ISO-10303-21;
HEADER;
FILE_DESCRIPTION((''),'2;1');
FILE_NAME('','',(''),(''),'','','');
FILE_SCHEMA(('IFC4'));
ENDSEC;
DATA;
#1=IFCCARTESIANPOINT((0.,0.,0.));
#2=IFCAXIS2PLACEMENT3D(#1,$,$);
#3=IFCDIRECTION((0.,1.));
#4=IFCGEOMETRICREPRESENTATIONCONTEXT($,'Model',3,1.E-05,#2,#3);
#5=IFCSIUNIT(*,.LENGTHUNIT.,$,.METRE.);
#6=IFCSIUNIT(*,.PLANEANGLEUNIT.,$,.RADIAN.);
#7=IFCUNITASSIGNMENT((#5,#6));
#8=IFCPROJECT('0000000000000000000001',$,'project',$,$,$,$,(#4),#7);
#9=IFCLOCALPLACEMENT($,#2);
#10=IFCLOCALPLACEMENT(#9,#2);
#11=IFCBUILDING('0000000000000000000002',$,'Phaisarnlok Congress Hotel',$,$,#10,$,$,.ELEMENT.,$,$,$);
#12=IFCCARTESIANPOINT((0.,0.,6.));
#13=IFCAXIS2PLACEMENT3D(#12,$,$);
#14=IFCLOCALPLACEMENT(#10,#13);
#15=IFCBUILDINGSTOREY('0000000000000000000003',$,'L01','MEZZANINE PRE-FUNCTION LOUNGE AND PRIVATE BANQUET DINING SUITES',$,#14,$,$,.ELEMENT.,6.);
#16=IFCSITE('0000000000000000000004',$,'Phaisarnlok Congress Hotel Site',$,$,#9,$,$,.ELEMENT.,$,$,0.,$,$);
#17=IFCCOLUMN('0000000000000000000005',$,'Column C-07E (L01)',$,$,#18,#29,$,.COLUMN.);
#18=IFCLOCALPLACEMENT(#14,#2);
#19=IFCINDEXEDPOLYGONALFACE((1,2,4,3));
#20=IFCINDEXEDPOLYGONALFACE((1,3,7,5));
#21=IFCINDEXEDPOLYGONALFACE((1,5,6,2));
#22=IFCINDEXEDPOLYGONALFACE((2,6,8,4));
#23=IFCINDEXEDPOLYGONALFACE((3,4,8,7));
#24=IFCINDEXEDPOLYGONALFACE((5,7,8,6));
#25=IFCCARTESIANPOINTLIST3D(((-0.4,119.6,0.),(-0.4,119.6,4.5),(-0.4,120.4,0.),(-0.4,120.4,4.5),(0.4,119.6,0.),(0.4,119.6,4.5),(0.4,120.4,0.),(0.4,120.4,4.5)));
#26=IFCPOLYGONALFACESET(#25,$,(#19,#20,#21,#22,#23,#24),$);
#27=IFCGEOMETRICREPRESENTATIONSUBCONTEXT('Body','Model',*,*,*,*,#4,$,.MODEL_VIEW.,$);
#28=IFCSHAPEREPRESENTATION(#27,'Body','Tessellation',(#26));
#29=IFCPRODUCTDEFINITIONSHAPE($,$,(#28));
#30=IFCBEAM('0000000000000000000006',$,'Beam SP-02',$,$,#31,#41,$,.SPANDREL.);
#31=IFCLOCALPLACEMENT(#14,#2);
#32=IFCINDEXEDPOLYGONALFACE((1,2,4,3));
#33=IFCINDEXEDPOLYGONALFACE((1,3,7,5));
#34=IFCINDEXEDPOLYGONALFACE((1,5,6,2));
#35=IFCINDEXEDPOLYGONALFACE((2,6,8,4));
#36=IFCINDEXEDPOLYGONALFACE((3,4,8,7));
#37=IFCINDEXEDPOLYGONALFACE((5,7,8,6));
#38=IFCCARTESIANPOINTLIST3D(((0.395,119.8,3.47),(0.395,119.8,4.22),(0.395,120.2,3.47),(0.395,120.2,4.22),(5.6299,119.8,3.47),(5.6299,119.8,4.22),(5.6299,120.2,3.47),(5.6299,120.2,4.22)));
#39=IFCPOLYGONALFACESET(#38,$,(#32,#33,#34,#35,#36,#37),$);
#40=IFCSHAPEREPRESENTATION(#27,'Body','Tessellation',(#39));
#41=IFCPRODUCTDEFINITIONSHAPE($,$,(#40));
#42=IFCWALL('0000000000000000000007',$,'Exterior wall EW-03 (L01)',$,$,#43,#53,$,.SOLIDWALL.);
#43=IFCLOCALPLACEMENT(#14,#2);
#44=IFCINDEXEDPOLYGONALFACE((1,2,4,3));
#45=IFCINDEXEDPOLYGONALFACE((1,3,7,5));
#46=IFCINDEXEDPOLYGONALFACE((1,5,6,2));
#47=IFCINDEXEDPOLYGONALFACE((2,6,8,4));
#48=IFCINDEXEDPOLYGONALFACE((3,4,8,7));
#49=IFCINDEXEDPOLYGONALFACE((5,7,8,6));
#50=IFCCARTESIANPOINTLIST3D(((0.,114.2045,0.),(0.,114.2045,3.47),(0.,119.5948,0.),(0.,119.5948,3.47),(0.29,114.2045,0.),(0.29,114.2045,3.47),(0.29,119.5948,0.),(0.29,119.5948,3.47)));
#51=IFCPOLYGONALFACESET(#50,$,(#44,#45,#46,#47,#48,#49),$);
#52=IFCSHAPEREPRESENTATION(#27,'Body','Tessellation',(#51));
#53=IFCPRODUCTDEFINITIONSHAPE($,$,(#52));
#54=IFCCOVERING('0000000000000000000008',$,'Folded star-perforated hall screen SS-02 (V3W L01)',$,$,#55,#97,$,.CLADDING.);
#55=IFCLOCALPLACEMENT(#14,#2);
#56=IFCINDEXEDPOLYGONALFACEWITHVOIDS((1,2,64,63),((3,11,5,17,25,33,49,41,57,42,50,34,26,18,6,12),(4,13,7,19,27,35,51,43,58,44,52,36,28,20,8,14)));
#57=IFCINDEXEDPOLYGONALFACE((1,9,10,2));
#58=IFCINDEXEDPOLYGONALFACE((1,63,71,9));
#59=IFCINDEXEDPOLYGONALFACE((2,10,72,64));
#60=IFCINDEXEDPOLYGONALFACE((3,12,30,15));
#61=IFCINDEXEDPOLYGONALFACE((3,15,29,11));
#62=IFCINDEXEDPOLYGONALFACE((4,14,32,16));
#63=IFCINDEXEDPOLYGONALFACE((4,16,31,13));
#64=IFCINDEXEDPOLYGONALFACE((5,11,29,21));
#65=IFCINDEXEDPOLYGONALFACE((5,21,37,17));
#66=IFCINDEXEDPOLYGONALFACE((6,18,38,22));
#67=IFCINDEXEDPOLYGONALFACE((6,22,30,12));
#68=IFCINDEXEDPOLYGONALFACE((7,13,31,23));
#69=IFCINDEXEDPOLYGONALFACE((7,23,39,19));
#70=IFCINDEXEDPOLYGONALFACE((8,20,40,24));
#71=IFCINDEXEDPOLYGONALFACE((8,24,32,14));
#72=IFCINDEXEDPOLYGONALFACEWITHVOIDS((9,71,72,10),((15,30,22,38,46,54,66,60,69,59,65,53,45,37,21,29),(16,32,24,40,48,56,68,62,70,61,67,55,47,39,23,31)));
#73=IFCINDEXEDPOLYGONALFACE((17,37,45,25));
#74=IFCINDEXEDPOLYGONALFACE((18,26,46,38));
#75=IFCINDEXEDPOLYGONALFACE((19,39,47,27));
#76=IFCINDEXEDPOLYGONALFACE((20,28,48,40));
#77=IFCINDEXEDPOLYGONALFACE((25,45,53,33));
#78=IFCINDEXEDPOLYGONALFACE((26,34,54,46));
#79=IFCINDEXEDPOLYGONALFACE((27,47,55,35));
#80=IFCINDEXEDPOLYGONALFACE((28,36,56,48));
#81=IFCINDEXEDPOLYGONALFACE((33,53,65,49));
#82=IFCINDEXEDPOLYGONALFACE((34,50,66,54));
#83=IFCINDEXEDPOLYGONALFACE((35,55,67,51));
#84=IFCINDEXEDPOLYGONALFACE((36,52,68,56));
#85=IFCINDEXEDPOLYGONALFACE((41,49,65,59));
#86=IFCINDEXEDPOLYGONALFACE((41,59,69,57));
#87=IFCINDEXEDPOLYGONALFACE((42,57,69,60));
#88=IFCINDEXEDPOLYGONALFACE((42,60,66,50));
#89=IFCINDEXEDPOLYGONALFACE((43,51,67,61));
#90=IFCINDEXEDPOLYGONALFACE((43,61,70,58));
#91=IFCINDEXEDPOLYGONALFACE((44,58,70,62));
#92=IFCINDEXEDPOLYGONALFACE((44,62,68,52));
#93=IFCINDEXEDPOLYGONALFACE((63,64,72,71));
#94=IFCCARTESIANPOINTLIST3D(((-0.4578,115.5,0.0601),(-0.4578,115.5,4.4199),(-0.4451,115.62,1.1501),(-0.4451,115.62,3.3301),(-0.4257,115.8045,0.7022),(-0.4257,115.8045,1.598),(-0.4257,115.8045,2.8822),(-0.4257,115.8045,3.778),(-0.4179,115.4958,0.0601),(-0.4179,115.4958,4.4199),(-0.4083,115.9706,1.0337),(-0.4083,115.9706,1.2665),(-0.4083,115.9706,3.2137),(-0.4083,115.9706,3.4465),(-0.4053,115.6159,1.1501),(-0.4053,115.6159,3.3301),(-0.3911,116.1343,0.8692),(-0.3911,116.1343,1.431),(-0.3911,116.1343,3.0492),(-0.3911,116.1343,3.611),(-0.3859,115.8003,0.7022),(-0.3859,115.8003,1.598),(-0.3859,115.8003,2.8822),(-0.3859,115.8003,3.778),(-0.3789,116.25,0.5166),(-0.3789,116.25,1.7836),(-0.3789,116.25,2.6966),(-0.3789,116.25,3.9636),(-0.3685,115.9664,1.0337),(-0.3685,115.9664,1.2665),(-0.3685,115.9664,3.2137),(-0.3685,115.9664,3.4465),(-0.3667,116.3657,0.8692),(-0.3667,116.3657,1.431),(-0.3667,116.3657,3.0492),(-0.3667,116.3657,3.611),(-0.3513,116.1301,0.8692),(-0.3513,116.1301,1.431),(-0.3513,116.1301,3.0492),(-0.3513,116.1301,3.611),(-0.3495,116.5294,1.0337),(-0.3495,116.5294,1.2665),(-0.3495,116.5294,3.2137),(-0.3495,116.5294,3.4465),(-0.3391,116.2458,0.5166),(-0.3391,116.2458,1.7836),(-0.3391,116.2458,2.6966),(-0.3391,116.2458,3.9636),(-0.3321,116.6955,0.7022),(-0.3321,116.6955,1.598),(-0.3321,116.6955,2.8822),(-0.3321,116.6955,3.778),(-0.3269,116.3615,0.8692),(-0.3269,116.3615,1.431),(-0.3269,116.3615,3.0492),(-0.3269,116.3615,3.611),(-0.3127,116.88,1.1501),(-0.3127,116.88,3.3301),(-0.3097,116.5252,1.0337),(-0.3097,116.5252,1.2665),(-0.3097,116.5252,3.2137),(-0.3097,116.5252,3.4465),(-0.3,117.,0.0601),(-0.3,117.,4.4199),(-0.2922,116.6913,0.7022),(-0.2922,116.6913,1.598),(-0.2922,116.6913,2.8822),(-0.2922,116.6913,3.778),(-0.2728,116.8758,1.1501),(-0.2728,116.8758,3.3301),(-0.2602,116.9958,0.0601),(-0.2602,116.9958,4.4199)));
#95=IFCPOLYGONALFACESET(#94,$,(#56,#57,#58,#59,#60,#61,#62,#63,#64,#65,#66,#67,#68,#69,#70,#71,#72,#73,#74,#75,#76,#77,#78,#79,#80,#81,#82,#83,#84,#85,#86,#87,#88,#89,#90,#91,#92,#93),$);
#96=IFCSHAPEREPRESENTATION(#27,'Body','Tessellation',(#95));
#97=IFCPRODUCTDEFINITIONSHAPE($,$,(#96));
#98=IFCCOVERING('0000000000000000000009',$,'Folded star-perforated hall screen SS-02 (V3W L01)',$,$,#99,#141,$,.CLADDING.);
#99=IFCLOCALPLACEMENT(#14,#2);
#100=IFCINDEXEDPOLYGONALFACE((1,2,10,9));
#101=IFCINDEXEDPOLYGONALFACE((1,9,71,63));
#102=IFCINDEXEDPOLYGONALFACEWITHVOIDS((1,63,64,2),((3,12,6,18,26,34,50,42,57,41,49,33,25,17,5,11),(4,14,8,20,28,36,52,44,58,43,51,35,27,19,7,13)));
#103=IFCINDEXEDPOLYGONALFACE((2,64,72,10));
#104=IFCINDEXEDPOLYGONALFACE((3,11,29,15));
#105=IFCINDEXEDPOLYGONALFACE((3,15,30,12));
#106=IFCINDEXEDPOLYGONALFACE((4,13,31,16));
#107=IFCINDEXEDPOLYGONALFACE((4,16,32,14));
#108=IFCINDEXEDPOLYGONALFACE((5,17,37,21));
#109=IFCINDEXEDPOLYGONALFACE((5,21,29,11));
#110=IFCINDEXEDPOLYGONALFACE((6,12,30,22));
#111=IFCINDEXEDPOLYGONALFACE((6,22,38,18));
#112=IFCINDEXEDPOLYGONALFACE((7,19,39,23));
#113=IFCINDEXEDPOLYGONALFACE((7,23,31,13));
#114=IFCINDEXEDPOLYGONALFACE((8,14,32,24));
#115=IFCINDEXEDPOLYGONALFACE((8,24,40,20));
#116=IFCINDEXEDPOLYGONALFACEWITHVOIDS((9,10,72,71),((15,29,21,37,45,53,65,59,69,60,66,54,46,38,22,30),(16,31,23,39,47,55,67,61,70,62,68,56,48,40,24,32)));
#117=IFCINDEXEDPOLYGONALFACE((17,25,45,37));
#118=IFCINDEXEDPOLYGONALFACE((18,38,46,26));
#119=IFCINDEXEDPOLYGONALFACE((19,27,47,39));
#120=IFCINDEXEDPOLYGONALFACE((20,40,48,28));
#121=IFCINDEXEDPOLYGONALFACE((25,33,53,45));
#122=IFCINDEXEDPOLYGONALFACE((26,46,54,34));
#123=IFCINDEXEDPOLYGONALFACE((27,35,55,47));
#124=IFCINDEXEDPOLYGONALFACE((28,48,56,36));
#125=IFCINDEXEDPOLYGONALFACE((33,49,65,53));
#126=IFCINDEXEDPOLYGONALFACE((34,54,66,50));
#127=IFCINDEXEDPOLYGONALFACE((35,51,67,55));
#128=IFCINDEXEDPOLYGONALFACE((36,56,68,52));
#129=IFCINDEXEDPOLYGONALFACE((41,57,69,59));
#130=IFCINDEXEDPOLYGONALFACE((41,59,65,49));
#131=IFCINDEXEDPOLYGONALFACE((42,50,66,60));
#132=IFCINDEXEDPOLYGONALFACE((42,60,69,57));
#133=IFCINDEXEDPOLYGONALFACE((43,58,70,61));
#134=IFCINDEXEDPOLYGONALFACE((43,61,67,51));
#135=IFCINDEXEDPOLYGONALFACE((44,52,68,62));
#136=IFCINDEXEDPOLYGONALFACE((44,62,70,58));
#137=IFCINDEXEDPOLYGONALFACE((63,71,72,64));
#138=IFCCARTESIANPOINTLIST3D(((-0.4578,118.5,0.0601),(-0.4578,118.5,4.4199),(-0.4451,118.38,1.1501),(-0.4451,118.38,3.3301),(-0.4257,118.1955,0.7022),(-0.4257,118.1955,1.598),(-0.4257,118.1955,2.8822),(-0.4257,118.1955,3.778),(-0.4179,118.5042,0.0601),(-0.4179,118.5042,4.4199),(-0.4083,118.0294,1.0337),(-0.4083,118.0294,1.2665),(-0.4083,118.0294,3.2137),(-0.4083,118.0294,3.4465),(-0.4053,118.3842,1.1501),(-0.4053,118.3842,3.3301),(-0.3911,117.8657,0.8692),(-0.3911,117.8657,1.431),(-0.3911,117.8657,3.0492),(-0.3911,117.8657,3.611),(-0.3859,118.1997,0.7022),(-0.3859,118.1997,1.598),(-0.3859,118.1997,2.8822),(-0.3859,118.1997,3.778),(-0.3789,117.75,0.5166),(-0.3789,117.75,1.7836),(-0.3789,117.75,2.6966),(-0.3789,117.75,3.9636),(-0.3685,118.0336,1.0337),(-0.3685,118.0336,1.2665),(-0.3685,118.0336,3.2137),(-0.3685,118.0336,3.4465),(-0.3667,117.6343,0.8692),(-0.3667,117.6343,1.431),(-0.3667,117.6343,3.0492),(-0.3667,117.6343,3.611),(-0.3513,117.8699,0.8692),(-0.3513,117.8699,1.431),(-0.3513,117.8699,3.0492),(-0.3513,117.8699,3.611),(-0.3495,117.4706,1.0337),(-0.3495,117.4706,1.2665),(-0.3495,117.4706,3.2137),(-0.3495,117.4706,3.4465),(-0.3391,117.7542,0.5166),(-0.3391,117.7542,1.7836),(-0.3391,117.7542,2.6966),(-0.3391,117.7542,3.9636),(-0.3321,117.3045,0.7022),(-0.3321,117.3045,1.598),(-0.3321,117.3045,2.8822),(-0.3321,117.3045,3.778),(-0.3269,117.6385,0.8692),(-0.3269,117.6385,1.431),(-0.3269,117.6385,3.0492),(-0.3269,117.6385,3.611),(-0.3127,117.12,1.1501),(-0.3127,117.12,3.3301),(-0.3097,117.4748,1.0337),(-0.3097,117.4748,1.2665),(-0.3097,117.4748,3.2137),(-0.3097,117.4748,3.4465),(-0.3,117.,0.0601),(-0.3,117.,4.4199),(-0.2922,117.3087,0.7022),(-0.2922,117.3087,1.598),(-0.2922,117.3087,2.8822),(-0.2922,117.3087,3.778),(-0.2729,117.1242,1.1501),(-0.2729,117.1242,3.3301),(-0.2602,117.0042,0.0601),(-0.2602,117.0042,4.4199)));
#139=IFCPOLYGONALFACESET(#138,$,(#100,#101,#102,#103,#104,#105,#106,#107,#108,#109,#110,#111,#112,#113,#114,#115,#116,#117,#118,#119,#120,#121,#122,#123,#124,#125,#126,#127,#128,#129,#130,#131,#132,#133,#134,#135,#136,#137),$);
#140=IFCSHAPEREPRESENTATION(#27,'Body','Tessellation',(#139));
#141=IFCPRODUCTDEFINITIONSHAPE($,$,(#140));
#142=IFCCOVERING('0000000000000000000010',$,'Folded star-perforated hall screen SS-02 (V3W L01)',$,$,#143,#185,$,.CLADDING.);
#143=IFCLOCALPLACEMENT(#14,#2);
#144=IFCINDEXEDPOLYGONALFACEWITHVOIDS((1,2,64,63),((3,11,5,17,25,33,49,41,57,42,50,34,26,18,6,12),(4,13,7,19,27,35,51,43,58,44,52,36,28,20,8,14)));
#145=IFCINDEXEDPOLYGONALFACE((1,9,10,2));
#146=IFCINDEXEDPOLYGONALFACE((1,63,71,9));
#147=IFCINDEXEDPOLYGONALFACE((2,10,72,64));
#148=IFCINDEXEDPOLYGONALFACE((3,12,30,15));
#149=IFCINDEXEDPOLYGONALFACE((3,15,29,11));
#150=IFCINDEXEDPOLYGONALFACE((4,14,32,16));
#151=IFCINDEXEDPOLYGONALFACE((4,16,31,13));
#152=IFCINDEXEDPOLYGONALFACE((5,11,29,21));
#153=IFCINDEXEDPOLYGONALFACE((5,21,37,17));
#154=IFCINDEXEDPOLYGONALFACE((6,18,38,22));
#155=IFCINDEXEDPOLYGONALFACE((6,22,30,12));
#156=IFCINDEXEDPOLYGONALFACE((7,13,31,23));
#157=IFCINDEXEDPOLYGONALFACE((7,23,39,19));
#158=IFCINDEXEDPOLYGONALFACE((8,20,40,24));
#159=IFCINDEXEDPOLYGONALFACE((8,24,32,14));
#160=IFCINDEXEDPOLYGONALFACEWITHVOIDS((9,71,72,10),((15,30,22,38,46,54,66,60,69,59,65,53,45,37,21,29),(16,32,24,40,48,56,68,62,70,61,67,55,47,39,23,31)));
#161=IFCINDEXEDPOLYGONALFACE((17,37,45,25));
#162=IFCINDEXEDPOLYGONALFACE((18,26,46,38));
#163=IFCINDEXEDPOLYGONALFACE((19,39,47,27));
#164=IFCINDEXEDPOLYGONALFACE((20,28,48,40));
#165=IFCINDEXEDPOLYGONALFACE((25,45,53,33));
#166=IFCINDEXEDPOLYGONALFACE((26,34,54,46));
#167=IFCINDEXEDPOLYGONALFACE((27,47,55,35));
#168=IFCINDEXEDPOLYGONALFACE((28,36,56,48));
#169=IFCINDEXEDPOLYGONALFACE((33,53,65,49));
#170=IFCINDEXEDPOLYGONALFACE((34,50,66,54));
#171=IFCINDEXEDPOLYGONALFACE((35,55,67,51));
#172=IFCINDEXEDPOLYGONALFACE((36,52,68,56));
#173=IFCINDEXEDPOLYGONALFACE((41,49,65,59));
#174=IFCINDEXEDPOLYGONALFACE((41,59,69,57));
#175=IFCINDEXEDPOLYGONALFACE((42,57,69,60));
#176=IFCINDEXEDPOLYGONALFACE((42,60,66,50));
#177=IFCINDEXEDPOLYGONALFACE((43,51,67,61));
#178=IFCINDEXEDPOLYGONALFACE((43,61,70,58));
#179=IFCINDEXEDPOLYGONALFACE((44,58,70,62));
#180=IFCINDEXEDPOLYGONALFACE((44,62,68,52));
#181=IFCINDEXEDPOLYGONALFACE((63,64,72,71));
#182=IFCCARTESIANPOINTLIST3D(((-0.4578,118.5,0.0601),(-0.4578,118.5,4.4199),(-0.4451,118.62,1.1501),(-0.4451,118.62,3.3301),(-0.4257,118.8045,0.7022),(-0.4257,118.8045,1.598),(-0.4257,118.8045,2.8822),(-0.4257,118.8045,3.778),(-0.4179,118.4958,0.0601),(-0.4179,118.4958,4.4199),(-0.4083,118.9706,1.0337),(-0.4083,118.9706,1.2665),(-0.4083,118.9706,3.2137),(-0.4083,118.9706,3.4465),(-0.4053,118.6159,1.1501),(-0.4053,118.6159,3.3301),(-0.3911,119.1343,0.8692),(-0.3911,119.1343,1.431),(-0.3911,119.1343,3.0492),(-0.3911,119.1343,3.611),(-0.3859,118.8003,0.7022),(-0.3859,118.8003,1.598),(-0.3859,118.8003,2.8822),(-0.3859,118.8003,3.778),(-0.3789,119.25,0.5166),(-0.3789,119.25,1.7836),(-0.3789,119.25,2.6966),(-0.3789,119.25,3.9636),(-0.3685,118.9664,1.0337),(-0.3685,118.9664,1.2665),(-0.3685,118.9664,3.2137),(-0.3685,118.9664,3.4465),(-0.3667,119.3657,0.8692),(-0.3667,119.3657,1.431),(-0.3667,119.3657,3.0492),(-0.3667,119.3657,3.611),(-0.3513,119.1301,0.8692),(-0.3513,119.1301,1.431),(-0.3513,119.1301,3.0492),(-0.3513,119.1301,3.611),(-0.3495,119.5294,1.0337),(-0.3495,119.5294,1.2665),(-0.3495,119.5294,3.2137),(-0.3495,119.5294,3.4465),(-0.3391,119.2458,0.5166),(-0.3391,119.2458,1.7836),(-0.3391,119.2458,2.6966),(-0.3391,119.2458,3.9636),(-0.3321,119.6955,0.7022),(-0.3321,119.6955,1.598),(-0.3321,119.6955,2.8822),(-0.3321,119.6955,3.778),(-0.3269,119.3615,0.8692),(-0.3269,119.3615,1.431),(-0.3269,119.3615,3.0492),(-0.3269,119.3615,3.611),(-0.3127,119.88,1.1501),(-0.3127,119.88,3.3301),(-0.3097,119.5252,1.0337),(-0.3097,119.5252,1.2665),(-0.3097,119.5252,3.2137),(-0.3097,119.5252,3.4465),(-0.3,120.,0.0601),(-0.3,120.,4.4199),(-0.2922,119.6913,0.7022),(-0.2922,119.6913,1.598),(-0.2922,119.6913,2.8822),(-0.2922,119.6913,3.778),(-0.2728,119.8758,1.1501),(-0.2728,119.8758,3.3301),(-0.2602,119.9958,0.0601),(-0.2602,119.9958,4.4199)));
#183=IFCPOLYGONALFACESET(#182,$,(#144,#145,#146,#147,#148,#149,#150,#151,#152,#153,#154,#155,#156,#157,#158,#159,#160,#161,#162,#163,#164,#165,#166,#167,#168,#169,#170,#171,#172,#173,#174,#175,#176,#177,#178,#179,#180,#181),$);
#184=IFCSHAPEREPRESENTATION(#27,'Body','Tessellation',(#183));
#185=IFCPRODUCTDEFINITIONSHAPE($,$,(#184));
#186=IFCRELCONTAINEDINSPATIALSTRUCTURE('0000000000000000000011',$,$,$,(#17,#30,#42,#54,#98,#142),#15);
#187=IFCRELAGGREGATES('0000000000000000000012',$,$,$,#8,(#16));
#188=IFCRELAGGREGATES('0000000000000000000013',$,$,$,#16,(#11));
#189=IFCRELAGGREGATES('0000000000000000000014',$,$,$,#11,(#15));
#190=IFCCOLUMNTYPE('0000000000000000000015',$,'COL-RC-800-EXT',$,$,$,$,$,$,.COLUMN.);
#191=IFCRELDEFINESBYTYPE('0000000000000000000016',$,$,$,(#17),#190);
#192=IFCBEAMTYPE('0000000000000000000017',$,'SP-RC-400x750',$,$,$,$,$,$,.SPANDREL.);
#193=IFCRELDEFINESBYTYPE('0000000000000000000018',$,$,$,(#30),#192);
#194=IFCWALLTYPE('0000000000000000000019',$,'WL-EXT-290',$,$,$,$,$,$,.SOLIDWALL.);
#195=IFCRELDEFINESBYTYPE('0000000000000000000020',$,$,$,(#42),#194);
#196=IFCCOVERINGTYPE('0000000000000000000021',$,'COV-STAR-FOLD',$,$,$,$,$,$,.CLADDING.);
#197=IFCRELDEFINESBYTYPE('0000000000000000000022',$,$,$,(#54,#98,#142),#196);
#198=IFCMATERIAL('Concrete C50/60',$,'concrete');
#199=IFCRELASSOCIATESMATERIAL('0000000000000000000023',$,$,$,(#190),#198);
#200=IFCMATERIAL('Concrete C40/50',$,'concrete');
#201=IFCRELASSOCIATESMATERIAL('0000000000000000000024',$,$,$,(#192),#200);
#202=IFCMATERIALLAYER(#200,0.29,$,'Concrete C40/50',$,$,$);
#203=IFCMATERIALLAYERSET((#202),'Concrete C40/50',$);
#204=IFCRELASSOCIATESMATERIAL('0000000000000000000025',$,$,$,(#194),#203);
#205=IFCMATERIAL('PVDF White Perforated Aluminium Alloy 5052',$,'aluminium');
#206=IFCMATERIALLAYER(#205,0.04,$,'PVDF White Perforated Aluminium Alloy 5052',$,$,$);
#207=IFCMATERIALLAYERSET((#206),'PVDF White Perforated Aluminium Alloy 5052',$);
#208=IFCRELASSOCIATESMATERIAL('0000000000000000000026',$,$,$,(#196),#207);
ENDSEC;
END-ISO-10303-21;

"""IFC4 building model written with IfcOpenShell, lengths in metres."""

from ifc_helpers import new_model, si_unit, direction, frame, frame_2d, origin, origin_2d, place, context, subcontext, project, spatial, polyline, rectangle, outline, extrude, material, layer, layer_set, material_profile, profile_set, type_object, element, save


model = new_model("IFC4")

# Units and contexts
model_context = context("Model", 3, precision=1e-05, world=origin(), true_north=direction((0.0, 1.0)))
body_context = subcontext(model_context, "Body", "Model", "MODEL_VIEW")
ifc_project = project(units=[si_unit("LENGTHUNIT", "METRE"), si_unit("PLANEANGLEUNIT", "RADIAN")], contexts=[model_context])

# Site, building, storey
site_placement = place(None, origin())
site = spatial("IfcSite", under=ifc_project, at=site_placement, Name="Phaisarnlok Congress Hotel Site", CompositionType="ELEMENT", RefElevation=0.0)
building_placement = place(site_placement, origin())
building = spatial("IfcBuilding", under=site, at=building_placement, Name="Phaisarnlok Congress Hotel", CompositionType="ELEMENT")
storey_placement = place(building_placement, frame((0.0, 0.0, 6.0)))
storey = spatial("IfcBuildingStorey", under=building, at=storey_placement, Name="L01", Description="MEZZANINE PRE-FUNCTION LOUNGE AND PRIVATE BANQUET DINING SUITES", CompositionType="ELEMENT", Elevation=6.0)

# Column
ifc_material_1 = material(Name="Concrete C50/60", Category="concrete")
ifc_material_profile_1 = material_profile(ifc_material_1, rectangle(XDim=0.8, YDim=0.8, at=origin_2d()), Name="RC 800x800")
ifc_profile_set_1 = profile_set([ifc_material_profile_1], Name="Concrete C50/60")
column_type = type_object("IfcColumnType", Name="COL-RC-800-EXT", PredefinedType="COLUMN", material=ifc_profile_set_1)
column_placement = place(storey_placement, frame((0.0, 120.0, 0.0), z_axis=(0.0, 0.0, 1.0), x_axis=(1.0, 0.0, 0.0)))
element("IfcColumn", 1, at=column_placement, inside=storey, type_object=column_type, Name="Column C-07E (L01)", PredefinedType="COLUMN", context=body_context, shape_type="SweptSolid", body=[
    extrude(rectangle(XDim=0.8, YDim=0.8, at=origin_2d()), origin(), (0.0, 0.0, 1.0), 4.5),
])

# Beam
ifc_material_2 = material(Name="Concrete C40/50", Category="concrete")
ifc_material_profile_2 = material_profile(ifc_material_2, rectangle(XDim=0.3999, YDim=0.75, at=origin_2d()), Name="RC 400x750")
ifc_profile_set_2 = profile_set([ifc_material_profile_2], Name="Concrete C40/50")
beam_type = type_object("IfcBeamType", Name="SP-RC-400x750", PredefinedType="SPANDREL", material=ifc_profile_set_2)
beam_placement = place(storey_placement, frame((0.395, 120.0, 3.845), z_axis=(1.0, 0.0, 0.0), x_axis=(0.0, 1.0, 0.0)))
element("IfcBeam", 2, at=beam_placement, inside=storey, type_object=beam_type, Name="Beam SP-02", PredefinedType="SPANDREL", context=body_context, shape_type="SweptSolid", body=[
    extrude(rectangle(XDim=0.3999, YDim=0.75, at=origin_2d()), origin(), (0.0, 0.0, 1.0), 5.2349),
])

# Wall
ifc_layer_1 = layer(ifc_material_2, 0.29, Name="Concrete C40/50")
ifc_layer_set_1 = layer_set([ifc_layer_1], Name="Concrete C40/50")
wall_type = type_object("IfcWallType", Name="WL-EXT-290", PredefinedType="SOLIDWALL", material=ifc_layer_set_1)
wall_placement = place(storey_placement, frame((0.145, 119.595, 0.0), z_axis=(0.0, 0.0, 1.0), x_axis=(0.0, -1.0, 0.0)))
element("IfcWall", 3, at=wall_placement, inside=storey, type_object=wall_type, Name="Exterior wall EW-03 (L01)", PredefinedType="SOLIDWALL", context=body_context, shape_type="SweptSolid", body=[
    extrude(rectangle(XDim=5.3904, YDim=0.29, at=frame_2d((2.6953, 0.0))), origin(), (0.0, 0.0, 1.0), 3.47),
])

# Coverings
ifc_material_3 = material(Name="PVDF White Perforated Aluminium Alloy 5052", Category="aluminium")
ifc_layer_2 = layer(ifc_material_3, 0.04, Name="PVDF White Perforated Aluminium Alloy 5052")
ifc_layer_set_2 = layer_set([ifc_layer_2], Name="PVDF White Perforated Aluminium Alloy 5052")
covering_type = type_object("IfcCoveringType", Name="COV-STAR-FOLD", PredefinedType="CLADDING", material=ifc_layer_set_2)
for number, where, z_axis, x_axis, name in (
    (4, (-0.4578, 115.5, 0.0601), (0.994518, -0.104567, 0.0), (0.104567, 0.994518, 0.0), "Folded star-perforated hall screen SS-02 (V3W L01)"),
    (5, (-0.3, 117.0, 0.0601), (0.994518, 0.104567, 0.0), (-0.104567, 0.994518, 0.0), "Folded star-perforated hall screen SS-02 (V3W L01)"),
    (6, (-0.4578, 118.5, 0.0601), (0.994518, -0.104567, 0.0), (0.104567, 0.994518, 0.0), "Folded star-perforated hall screen SS-02 (V3W L01)"),
):
    element("IfcCovering", number, at=place(storey_placement, frame(where, z_axis=z_axis, x_axis=x_axis)), inside=storey, type_object=covering_type, Name=name, PredefinedType="CLADDING", context=body_context, shape_type="SweptSolid", body=[
        extrude(outline(polyline([(0.0, 0.0), (1.5083, 0.0), (1.5083, 4.3599), (0.0, 4.3599), (0.0, 0.0)]), holes=[polyline([(1.0351, 0.9736), (1.2021, 0.6421), (0.8705, 0.8091), (0.7541, 0.4565), (0.6378, 0.8091), (0.3062, 0.6421), (0.4732, 0.9736), (0.1207, 1.09), (0.4732, 1.2064), (0.3062, 1.5379), (0.6378, 1.3709), (0.7541, 1.7235), (0.8705, 1.3709), (1.2021, 1.5379), (1.0351, 1.2064), (1.3876, 1.09), (1.0351, 0.9736)]), polyline([(1.0351, 3.1536), (1.2021, 2.8221), (0.8705, 2.9891), (0.7541, 2.6365), (0.6378, 2.9891), (0.3062, 2.8221), (0.4732, 3.1536), (0.1207, 3.27), (0.4732, 3.3864), (0.3062, 3.7179), (0.6378, 3.5509), (0.7541, 3.9035), (0.8705, 3.5509), (1.2021, 3.7179), (1.0351, 3.3864), (1.3876, 3.27), (1.0351, 3.1536)])]), origin(), (0.0, 0.0, 1.0), 0.04),
    ])

save(model, "model.ifc")
